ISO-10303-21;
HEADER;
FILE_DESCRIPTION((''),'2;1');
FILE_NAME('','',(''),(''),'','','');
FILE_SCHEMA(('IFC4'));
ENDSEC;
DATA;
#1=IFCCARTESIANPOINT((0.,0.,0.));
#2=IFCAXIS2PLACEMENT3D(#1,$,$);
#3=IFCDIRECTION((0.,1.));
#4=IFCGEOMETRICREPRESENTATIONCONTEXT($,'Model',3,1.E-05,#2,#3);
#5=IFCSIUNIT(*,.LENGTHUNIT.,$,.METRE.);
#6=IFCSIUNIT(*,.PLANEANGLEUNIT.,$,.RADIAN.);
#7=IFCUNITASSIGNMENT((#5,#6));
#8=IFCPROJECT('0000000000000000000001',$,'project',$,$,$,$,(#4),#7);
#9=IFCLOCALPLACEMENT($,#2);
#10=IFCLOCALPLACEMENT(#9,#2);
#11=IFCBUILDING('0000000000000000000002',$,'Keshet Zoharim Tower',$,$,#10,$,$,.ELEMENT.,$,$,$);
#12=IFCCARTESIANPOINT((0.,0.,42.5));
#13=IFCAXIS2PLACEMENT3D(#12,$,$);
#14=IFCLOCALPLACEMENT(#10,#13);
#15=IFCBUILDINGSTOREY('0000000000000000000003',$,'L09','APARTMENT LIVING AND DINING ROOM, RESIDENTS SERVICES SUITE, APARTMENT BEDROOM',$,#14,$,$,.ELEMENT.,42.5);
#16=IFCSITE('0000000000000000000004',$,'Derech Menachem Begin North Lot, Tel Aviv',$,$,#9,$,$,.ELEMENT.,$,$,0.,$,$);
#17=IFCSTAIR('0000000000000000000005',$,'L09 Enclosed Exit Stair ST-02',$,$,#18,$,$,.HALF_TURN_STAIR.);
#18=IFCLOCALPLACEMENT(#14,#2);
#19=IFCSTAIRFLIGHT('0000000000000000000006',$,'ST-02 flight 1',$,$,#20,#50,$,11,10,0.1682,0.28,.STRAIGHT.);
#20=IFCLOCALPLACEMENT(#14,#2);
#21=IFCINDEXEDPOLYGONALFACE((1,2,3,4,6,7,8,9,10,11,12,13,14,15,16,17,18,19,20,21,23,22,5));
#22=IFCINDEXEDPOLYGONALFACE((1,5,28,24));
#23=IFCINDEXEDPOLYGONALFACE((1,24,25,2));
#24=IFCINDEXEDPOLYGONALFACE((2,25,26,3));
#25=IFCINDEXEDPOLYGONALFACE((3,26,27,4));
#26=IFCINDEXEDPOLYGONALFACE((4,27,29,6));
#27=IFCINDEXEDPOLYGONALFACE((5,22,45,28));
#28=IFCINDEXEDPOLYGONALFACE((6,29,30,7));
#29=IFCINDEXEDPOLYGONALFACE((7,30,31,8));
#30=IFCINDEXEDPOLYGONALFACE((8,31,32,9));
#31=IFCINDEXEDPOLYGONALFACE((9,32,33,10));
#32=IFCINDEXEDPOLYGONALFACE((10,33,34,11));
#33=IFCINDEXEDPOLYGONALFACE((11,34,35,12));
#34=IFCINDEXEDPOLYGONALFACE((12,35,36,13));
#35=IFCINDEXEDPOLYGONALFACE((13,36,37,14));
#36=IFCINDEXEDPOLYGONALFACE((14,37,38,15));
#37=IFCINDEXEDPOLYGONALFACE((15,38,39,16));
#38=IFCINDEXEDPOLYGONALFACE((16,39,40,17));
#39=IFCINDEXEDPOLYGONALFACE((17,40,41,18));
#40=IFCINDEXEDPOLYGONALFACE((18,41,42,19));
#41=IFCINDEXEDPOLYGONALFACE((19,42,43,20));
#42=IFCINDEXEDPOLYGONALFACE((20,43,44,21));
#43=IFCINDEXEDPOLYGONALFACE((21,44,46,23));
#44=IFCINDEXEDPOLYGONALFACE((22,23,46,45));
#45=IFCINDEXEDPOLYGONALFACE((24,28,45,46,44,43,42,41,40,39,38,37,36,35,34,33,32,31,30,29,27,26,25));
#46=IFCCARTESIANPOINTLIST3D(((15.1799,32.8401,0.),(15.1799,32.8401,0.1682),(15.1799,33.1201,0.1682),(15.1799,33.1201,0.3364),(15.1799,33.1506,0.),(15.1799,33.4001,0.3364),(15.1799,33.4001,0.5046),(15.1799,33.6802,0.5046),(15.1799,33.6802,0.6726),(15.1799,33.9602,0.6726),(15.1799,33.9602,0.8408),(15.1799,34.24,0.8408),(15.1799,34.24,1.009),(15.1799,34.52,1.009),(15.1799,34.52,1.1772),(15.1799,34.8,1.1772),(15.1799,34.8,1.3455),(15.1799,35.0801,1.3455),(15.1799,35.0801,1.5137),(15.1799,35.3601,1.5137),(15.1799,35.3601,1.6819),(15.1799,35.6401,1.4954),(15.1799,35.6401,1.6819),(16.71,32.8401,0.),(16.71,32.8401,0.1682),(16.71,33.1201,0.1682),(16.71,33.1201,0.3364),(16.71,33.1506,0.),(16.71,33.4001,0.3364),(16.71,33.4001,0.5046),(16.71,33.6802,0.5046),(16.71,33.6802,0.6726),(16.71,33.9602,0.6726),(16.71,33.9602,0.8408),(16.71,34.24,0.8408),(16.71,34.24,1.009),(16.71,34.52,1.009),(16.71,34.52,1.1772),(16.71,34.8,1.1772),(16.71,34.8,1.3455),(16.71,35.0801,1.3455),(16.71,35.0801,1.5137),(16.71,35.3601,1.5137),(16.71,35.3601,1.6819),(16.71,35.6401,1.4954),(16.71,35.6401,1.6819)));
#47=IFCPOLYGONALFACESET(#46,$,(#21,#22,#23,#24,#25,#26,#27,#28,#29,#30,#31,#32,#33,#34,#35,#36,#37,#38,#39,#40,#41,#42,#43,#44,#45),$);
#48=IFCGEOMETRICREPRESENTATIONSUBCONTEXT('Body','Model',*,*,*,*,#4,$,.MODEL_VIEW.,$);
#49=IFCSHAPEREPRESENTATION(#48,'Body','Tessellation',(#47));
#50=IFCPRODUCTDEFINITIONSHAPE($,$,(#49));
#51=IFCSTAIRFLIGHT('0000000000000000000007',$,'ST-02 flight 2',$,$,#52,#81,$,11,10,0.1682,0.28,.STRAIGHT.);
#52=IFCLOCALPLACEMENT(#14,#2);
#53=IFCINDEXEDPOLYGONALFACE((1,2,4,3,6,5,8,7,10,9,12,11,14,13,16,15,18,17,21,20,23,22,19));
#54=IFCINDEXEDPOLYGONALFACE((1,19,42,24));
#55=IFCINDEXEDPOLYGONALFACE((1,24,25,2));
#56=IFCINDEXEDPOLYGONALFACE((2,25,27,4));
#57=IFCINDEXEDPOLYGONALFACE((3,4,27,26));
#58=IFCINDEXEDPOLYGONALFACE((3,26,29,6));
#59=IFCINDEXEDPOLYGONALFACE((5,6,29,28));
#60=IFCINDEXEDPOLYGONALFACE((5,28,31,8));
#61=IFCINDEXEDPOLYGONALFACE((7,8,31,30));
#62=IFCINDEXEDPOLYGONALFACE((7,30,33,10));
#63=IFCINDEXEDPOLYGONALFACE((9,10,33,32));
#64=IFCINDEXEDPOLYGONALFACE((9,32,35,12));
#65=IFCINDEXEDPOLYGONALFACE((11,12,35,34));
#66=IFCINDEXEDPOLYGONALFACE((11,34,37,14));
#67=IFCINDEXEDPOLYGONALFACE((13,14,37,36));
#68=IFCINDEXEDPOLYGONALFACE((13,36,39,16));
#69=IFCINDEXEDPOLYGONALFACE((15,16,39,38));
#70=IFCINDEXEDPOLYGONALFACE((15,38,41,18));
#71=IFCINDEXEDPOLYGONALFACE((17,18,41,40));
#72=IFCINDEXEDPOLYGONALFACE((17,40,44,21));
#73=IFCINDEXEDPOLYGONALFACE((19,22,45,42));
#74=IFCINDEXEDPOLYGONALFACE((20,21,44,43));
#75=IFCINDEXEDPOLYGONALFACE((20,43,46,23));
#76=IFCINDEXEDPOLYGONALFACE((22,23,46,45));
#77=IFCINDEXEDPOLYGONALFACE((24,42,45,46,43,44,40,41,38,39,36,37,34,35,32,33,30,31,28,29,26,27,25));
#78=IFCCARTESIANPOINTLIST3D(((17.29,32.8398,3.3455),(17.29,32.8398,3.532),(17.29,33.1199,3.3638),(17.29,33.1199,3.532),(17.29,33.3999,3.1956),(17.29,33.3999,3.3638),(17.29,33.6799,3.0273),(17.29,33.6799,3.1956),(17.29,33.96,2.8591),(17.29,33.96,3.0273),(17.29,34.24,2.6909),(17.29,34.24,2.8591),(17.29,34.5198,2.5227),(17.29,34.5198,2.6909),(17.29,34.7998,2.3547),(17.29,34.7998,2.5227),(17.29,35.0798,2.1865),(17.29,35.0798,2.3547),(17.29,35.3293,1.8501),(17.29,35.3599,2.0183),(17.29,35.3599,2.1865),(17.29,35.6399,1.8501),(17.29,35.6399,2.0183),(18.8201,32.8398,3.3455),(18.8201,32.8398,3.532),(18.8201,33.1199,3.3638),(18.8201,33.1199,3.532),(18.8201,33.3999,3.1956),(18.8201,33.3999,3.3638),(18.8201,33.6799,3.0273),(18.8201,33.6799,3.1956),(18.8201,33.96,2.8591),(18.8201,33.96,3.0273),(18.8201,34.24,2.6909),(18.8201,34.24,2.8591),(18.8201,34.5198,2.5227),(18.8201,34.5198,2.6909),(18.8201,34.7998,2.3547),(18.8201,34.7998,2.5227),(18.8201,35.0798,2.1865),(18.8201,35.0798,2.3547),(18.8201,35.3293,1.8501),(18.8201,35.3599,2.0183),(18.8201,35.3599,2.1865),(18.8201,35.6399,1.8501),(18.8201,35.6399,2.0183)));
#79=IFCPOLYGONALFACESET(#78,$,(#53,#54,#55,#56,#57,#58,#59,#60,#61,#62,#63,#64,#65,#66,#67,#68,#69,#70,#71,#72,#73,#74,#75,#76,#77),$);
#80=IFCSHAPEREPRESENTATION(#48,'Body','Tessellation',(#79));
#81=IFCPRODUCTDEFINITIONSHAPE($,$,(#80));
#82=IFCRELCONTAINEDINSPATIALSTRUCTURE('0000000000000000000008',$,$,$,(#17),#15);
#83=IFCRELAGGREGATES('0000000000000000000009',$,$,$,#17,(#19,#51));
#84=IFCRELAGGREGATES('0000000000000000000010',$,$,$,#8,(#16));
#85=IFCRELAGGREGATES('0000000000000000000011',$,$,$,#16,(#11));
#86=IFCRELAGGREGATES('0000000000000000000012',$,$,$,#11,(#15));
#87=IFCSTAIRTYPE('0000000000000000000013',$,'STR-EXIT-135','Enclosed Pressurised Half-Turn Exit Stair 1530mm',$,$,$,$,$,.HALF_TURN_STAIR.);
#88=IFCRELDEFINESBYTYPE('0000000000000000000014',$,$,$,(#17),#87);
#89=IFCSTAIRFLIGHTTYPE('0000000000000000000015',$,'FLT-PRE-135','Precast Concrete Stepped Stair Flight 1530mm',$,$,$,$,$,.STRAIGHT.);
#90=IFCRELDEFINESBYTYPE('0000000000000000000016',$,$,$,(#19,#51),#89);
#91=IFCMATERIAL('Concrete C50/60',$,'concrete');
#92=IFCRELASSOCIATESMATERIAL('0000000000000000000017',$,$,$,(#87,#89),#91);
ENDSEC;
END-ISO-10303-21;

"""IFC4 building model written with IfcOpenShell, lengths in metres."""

from ifc_helpers import new_model, si_unit, direction, frame, origin, place, context, subcontext, project, spatial, polyline, outline, extrude, material, type_object, element, aggregate, save


model = new_model("IFC4")

# Units and contexts
model_context = context("Model", 3, precision=1e-05, world=origin(), true_north=direction((0.0, 1.0)))
body_context = subcontext(model_context, "Body", "Model", "MODEL_VIEW")
ifc_project = project(units=[si_unit("LENGTHUNIT", "METRE"), si_unit("PLANEANGLEUNIT", "RADIAN")], contexts=[model_context])

# Site, building, storey
site_placement = place(None, origin())
site = spatial("IfcSite", under=ifc_project, at=site_placement, Name="Derech Menachem Begin North Lot, Tel Aviv", CompositionType="ELEMENT", RefElevation=0.0)
building_placement = place(site_placement, origin())
building = spatial("IfcBuilding", under=site, at=building_placement, Name="Keshet Zoharim Tower", CompositionType="ELEMENT")
storey_placement = place(building_placement, frame((0.0, 0.0, 42.5)))
storey = spatial("IfcBuildingStorey", under=building, at=storey_placement, Name="L09", Description="APARTMENT LIVING AND DINING ROOM, RESIDENTS SERVICES SUITE, APARTMENT BEDROOM", CompositionType="ELEMENT", Elevation=42.5)

# Shared definitions
ifc_material_1 = material(Name="Concrete C50/60", Category="concrete")
stair_type = type_object("IfcStairType", Name="STR-EXIT-135", Description="Enclosed Pressurised Half-Turn Exit Stair 1530mm", PredefinedType="HALF_TURN_STAIR", material=ifc_material_1)
stair_flight_type = type_object("IfcStairFlightType", Name="FLT-PRE-135", Description="Precast Concrete Stepped Stair Flight 1530mm", PredefinedType="STRAIGHT", material=ifc_material_1)

# Stair, stair flights
stair_1_placement = place(storey_placement, origin())
stair_1 = element("IfcStair", 1, at=stair_1_placement, inside=storey, type_object=stair_type, Name="L09 Enclosed Exit Stair ST-02", PredefinedType="HALF_TURN_STAIR")
stair_flight_1_placement = place(storey_placement, frame((15.9451, 32.8401, 0.0), z_axis=(0.0, 0.0, 1.0), x_axis=(0.0, 1.0, 0.0)))
stair_flight_1 = element("IfcStairFlight", 2, at=stair_flight_1_placement, type_object=stair_flight_type, Name="ST-02 flight 1", NumberOfRisers=11, NumberOfTreads=10, PredefinedType="STRAIGHT", RiserHeight=0.1682, TreadLength=0.28, context=body_context, shape_type="SweptSolid", body=[
    extrude(outline(polyline([(0.0, 0.0), (0.0, 0.1682), (0.28, 0.1682), (0.28, 0.3364), (0.5601, 0.3364), (0.5601, 0.5046), (0.8401, 0.5046), (0.8401, 0.6726), (1.1201, 0.6726), (1.1201, 0.8408), (1.3999, 0.8408), (1.3999, 1.009), (1.6799, 1.009), (1.6799, 1.1772), (1.96, 1.1772), (1.96, 1.3455), (2.24, 1.3455), (2.24, 1.5137), (2.52, 1.5137), (2.52, 1.6819), (2.8, 1.6819), (2.8, 1.8501), (2.8, 1.4954), (0.3105, 0.0), (0.0, 0.0)])), frame((0.0, 0.7651, 0.0), z_axis=(0.0, -1.0, 0.0), x_axis=(1.0, 0.0, 0.0)), (0.0, 0.0, 1.0), 1.53),
])
stair_flight_2_placement = place(storey_placement, frame((18.0549, 35.6399, 1.8501), z_axis=(0.0, 0.0, 1.0), x_axis=(0.0, -1.0, 0.0)))
stair_flight_2 = element("IfcStairFlight", 3, at=stair_flight_2_placement, type_object=stair_flight_type, Name="ST-02 flight 2", NumberOfRisers=11, NumberOfTreads=10, PredefinedType="STRAIGHT", RiserHeight=0.1682, TreadLength=0.28, context=body_context, shape_type="SweptSolid", body=[
    extrude(outline(polyline([(0.0, 0.0), (0.0, 0.1682), (0.28, 0.1682), (0.28, 0.3364), (0.5601, 0.3364), (0.5601, 0.5046), (0.8401, 0.5046), (0.8401, 0.6726), (1.1201, 0.6726), (1.1201, 0.8408), (1.3999, 0.8408), (1.3999, 1.009), (1.6799, 1.009), (1.6799, 1.1772), (1.96, 1.1772), (1.96, 1.3455), (2.24, 1.3455), (2.24, 1.5137), (2.52, 1.5137), (2.52, 1.6819), (2.8, 1.6819), (2.8, 1.8501), (2.8, 1.4954), (0.3105, 0.0), (0.0, 0.0)])), frame((0.0, 0.7651, 0.0), z_axis=(0.0, -1.0, 0.0), x_axis=(1.0, 0.0, 0.0)), (0.0, 0.0, 1.0), 1.53),
])
aggregate(stair_1, [stair_flight_1, stair_flight_2])

save(model, "model.ifc")
